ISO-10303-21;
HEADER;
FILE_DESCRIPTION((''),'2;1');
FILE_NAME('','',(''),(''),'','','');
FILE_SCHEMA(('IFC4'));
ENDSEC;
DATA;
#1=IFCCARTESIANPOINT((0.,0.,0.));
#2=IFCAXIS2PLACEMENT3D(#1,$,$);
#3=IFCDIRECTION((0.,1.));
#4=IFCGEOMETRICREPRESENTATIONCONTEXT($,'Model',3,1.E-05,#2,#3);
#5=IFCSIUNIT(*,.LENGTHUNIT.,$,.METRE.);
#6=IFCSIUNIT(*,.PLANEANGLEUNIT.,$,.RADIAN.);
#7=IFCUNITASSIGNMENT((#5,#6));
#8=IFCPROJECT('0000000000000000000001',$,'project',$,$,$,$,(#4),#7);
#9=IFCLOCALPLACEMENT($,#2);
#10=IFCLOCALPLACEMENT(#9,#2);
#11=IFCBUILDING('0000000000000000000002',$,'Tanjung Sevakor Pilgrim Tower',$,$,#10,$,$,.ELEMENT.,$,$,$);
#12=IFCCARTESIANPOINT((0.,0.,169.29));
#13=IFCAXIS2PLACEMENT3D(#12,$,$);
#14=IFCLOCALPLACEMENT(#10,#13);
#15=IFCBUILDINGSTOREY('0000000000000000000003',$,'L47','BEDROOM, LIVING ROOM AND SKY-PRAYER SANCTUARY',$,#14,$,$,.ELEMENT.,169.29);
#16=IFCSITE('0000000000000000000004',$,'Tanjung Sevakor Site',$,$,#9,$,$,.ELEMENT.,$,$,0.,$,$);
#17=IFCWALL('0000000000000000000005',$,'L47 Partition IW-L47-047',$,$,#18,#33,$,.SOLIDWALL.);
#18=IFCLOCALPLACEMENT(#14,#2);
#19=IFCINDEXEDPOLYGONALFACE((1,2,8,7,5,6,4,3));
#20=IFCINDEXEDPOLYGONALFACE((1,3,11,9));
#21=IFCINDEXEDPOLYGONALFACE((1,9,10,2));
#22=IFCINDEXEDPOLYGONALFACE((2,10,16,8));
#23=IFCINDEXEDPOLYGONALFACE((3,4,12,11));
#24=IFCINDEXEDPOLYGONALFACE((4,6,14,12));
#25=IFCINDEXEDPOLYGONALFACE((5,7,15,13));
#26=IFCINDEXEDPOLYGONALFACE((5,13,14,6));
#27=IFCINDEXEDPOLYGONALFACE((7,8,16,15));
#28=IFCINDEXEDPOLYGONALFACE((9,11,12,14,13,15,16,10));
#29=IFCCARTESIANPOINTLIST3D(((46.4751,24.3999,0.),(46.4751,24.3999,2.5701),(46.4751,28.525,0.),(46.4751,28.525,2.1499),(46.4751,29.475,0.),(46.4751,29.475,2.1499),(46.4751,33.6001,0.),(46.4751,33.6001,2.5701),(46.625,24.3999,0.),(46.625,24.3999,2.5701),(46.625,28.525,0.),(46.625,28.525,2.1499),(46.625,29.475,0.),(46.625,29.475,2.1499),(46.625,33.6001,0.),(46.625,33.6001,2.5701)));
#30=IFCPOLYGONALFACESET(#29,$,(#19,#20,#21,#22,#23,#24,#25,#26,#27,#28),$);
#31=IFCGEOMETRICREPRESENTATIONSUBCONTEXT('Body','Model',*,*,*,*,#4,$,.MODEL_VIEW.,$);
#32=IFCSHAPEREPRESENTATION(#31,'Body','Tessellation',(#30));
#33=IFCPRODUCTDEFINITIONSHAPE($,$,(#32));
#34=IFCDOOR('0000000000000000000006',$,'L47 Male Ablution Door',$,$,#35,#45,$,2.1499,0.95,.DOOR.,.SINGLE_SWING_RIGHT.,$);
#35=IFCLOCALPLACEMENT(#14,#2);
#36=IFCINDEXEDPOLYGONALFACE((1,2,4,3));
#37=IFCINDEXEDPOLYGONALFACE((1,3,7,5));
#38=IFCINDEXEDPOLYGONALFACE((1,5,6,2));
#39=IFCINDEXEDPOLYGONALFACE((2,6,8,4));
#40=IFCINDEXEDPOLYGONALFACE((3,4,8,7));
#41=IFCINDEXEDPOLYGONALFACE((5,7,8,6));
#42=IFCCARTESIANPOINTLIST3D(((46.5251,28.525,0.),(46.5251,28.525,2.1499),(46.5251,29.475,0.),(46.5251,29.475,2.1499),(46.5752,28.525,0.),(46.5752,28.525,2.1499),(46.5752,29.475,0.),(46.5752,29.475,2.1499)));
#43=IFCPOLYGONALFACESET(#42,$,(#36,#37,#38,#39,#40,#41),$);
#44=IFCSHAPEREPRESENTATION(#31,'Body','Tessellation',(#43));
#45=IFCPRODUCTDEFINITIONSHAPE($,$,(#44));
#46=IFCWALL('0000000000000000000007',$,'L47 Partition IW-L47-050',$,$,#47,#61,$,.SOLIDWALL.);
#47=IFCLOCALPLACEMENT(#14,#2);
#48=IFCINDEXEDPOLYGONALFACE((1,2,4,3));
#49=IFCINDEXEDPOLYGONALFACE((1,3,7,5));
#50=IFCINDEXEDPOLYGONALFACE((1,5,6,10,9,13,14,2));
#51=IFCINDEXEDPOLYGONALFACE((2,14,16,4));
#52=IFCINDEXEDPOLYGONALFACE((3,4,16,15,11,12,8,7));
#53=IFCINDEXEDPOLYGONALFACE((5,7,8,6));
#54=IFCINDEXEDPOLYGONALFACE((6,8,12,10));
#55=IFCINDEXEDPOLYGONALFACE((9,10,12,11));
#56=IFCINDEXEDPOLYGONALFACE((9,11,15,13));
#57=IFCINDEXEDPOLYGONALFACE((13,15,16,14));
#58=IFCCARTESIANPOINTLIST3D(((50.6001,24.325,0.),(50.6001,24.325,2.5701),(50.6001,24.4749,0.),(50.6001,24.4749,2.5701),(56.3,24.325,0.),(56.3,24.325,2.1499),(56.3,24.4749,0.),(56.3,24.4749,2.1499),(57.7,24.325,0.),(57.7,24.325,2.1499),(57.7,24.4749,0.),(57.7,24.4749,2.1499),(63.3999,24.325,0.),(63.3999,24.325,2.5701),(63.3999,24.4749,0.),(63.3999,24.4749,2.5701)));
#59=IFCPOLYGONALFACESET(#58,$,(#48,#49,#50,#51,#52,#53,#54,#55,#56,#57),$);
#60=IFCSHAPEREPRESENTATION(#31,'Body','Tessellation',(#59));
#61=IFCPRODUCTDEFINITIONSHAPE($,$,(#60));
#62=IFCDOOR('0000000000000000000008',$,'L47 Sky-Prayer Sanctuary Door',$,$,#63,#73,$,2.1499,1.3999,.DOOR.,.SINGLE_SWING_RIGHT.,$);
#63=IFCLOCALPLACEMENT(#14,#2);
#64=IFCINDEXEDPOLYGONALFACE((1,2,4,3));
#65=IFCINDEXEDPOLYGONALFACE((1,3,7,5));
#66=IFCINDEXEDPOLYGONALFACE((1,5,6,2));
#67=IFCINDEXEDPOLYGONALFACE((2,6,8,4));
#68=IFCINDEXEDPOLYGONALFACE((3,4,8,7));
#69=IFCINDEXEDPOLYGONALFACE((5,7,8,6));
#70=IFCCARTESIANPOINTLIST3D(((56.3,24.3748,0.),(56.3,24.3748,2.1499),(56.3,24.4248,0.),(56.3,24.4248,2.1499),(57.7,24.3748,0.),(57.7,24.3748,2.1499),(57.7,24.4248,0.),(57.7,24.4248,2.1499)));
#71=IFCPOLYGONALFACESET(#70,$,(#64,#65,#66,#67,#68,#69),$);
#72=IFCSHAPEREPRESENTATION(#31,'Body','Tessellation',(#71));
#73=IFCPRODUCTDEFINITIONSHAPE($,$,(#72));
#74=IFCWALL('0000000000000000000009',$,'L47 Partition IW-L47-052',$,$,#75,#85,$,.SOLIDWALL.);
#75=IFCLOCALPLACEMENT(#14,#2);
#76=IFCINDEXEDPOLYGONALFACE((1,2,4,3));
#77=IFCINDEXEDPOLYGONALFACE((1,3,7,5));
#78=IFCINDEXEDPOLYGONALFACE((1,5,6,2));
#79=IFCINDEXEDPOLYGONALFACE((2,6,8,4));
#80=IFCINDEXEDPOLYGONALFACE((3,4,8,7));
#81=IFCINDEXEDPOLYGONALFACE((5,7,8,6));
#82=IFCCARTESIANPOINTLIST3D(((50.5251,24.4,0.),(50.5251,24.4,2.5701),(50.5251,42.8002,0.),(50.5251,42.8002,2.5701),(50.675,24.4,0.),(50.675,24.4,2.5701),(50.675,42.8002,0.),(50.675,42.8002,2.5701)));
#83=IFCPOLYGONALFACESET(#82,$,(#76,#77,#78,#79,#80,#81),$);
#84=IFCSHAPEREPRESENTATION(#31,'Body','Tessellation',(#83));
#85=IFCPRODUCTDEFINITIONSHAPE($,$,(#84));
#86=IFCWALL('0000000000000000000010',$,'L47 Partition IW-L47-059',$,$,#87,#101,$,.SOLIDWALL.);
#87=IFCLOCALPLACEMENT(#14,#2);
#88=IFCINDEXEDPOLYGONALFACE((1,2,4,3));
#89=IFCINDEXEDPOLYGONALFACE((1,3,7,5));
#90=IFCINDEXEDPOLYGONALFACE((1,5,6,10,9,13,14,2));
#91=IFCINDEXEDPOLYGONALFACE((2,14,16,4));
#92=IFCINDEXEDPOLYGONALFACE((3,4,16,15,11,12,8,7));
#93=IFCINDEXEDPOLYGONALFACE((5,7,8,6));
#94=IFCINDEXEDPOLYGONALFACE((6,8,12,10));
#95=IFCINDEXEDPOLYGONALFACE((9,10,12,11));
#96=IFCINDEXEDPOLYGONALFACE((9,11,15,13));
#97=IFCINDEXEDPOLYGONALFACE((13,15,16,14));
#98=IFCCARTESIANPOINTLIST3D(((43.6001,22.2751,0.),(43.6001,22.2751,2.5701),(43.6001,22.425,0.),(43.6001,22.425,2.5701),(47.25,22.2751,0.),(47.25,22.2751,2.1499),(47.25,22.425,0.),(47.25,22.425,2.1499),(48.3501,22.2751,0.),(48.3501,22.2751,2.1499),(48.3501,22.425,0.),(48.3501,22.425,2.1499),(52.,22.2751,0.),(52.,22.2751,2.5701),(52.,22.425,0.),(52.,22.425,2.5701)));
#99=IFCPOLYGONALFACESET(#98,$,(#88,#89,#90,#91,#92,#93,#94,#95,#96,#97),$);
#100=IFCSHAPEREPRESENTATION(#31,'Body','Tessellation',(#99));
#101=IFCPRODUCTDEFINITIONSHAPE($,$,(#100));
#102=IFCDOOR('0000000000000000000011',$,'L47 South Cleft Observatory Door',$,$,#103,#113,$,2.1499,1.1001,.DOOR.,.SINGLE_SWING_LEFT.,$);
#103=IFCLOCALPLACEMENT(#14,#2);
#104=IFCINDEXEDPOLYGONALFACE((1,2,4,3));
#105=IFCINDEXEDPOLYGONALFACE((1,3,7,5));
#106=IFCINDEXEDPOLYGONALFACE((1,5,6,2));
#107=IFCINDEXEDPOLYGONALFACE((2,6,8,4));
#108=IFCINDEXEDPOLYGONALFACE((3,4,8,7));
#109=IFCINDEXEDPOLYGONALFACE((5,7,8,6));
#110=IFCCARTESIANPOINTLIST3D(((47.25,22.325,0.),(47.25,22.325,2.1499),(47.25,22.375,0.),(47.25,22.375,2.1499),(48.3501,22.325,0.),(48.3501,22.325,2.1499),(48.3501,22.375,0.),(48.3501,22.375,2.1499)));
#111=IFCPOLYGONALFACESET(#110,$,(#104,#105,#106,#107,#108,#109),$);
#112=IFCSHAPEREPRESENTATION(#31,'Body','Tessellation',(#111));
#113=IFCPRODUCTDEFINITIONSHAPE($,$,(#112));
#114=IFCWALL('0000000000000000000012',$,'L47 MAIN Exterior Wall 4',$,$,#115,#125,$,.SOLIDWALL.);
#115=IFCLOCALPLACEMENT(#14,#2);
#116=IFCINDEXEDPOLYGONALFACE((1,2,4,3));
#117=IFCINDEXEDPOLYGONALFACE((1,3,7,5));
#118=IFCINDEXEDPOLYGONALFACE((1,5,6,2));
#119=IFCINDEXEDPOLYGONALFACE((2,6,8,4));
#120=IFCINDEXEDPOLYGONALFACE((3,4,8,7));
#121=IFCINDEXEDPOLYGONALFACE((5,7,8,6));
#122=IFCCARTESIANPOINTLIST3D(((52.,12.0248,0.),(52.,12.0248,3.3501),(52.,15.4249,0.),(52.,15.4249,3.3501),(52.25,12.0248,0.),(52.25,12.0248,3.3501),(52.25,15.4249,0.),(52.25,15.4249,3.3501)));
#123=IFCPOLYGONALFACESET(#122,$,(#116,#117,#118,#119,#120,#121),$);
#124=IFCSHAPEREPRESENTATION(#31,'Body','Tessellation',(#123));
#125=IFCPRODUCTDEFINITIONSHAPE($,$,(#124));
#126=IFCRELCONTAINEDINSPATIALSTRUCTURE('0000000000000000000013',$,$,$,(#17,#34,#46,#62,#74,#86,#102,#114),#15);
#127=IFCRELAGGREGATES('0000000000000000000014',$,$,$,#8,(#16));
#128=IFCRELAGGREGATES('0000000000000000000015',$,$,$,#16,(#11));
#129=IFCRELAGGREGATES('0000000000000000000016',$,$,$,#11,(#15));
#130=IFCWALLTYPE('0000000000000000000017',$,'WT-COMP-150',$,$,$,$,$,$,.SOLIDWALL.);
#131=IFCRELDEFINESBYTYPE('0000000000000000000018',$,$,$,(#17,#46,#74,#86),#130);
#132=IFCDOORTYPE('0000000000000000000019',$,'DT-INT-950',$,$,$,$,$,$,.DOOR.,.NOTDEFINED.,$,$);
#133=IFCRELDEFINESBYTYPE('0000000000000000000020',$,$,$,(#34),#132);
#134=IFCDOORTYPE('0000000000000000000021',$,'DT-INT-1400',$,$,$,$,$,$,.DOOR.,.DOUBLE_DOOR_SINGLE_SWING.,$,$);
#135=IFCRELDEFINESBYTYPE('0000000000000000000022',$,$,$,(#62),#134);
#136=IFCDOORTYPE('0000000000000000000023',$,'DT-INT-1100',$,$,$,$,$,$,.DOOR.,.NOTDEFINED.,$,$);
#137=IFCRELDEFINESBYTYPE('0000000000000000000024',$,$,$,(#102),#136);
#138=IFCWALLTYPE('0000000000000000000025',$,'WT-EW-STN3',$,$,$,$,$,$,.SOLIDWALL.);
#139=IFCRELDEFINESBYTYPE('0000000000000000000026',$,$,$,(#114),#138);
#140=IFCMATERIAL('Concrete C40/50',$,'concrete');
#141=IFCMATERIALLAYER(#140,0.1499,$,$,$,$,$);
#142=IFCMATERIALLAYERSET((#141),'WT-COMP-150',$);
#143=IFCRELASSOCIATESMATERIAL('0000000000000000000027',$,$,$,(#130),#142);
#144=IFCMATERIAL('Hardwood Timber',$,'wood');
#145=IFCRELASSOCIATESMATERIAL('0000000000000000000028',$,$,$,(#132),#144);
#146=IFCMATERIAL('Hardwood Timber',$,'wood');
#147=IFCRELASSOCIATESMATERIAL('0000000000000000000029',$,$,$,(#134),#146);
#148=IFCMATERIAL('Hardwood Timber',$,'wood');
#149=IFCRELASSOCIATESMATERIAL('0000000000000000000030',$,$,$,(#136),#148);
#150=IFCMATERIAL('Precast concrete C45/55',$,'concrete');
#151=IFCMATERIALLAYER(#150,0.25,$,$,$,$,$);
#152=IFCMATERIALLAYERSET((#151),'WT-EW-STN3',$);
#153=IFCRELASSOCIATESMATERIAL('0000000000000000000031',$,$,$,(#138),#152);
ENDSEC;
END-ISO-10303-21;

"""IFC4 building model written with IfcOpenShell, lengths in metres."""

from ifc_helpers import new_model, si_unit, direction, frame, frame_2d, origin, place, context, subcontext, project, spatial, rectangle, extrude, material, layer, layer_set, type_object, element, fill, save


model = new_model("IFC4")

# Units and contexts
model_context = context("Model", 3, precision=1e-05, world=origin(), true_north=direction((0.0, 1.0)))
body_context = subcontext(model_context, "Body", "Model", "MODEL_VIEW")
ifc_project = project(units=[si_unit("LENGTHUNIT", "METRE"), si_unit("PLANEANGLEUNIT", "RADIAN")], contexts=[model_context])

# Site, building, storey
site_placement = place(None, origin())
site = spatial("IfcSite", under=ifc_project, at=site_placement, Name="Tanjung Sevakor Site", CompositionType="ELEMENT", RefElevation=0.0)
building_placement = place(site_placement, origin())
building = spatial("IfcBuilding", under=site, at=building_placement, Name="Tanjung Sevakor Pilgrim Tower", CompositionType="ELEMENT")
storey_placement = place(building_placement, frame((0.0, 0.0, 169.29)))
storey = spatial("IfcBuildingStorey", under=building, at=storey_placement, Name="L47", Description="BEDROOM, LIVING ROOM AND SKY-PRAYER SANCTUARY", CompositionType="ELEMENT", Elevation=169.29)

# Shared definitions
ifc_material_1 = material(Name="Concrete C40/50", Category="concrete")
ifc_layer_1 = layer(ifc_material_1, 0.1499)
ifc_layer_set_1 = layer_set([ifc_layer_1], Name="WT-COMP-150")
wall_type_1 = type_object("IfcWallType", Name="WT-COMP-150", PredefinedType="SOLIDWALL", material=ifc_layer_set_1)

# Walls, openings, doors
wall_1_placement = place(storey_placement, frame((46.55, 24.3999, 0.0), z_axis=(0.0, 0.0, 1.0), x_axis=(0.0, 1.0, 0.0)))
wall_1 = element("IfcWall", 1, at=wall_1_placement, inside=storey, type_object=wall_type_1, Name="L47 Partition IW-L47-047", PredefinedType="SOLIDWALL", context=body_context, shape_type="SweptSolid", body=[
    extrude(rectangle(XDim=9.2002, YDim=0.1499, at=frame_2d((4.6001, 0.0))), origin(), (0.0, 0.0, 1.0), 2.5701),
])
opening_1_placement = place(wall_1_placement, frame((4.125, 0.0, 0.0)))
opening_1 = element("IfcOpeningElement", 2, at=opening_1_placement, cuts=wall_1, PredefinedType="OPENING", context=body_context, shape_type="SweptSolid", body=[
    extrude(rectangle(XDim=0.95, YDim=2.1499, at=frame_2d((0.4751, 1.075))), frame((0.0, 0.085, 0.0), z_axis=(0.0, -1.0, 0.0), x_axis=(1.0, 0.0, 0.0)), (0.0, 0.0, 1.0), 0.1699),
])
ifc_material_2 = material(Name="Hardwood Timber", Category="wood")
door_type_1 = type_object("IfcDoorType", Name="DT-INT-950", OperationType="NOTDEFINED", PredefinedType="DOOR", material=ifc_material_2)
door_1_placement = place(opening_1_placement, origin())
door_1 = element("IfcDoor", 3, at=door_1_placement, inside=storey, type_object=door_type_1, Name="L47 Male Ablution Door", OperationType="SINGLE_SWING_RIGHT", OverallHeight=2.1499, OverallWidth=0.95, PredefinedType="DOOR", context=body_context, shape_type="SweptSolid", body=[
    extrude(rectangle(XDim=0.95, YDim=2.1499, at=frame_2d((0.4751, 1.075))), frame((0.0, 0.0249, 0.0), z_axis=(0.0, -1.0, 0.0), x_axis=(1.0, 0.0, 0.0)), (0.0, 0.0, 1.0), 0.05),
])
fill(opening_1, door_1)
wall_2_placement = place(storey_placement, frame((50.6001, 24.3999, 0.0), z_axis=(0.0, 0.0, 1.0), x_axis=(1.0, 0.0, 0.0)))
wall_2 = element("IfcWall", 4, at=wall_2_placement, inside=storey, type_object=wall_type_1, Name="L47 Partition IW-L47-050", PredefinedType="SOLIDWALL", context=body_context, shape_type="SweptSolid", body=[
    extrude(rectangle(XDim=12.7998, YDim=0.1499, at=frame_2d((6.3999, 0.0))), origin(), (0.0, 0.0, 1.0), 2.5701),
])
opening_2_placement = place(wall_2_placement, frame((5.7, 0.0, 0.0)))
opening_2 = element("IfcOpeningElement", 5, at=opening_2_placement, cuts=wall_2, PredefinedType="OPENING", context=body_context, shape_type="SweptSolid", body=[
    extrude(rectangle(XDim=1.3999, YDim=2.1499, at=frame_2d((0.7, 1.075))), frame((0.0, 0.085, 0.0), z_axis=(0.0, -1.0, 0.0), x_axis=(1.0, 0.0, 0.0)), (0.0, 0.0, 1.0), 0.1699),
])
ifc_material_3 = material(Name="Hardwood Timber", Category="wood")
door_type_2 = type_object("IfcDoorType", Name="DT-INT-1400", OperationType="DOUBLE_DOOR_SINGLE_SWING", PredefinedType="DOOR", material=ifc_material_3)
door_2_placement = place(opening_2_placement, origin())
door_2 = element("IfcDoor", 6, at=door_2_placement, inside=storey, type_object=door_type_2, Name="L47 Sky-Prayer Sanctuary Door", OperationType="SINGLE_SWING_RIGHT", OverallHeight=2.1499, OverallWidth=1.3999, PredefinedType="DOOR", context=body_context, shape_type="SweptSolid", body=[
    extrude(rectangle(XDim=1.3999, YDim=2.1499, at=frame_2d((0.7, 1.075))), frame((0.0, 0.0249, 0.0), z_axis=(0.0, -1.0, 0.0), x_axis=(1.0, 0.0, 0.0)), (0.0, 0.0, 1.0), 0.05),
])
fill(opening_2, door_2)

# Wall
wall_3_placement = place(storey_placement, frame((50.6001, 24.3999, 0.0), z_axis=(0.0, 0.0, 1.0), x_axis=(0.0, 1.0, 0.0)))
element("IfcWall", 7, at=wall_3_placement, inside=storey, type_object=wall_type_1, Name="L47 Partition IW-L47-052", PredefinedType="SOLIDWALL", context=body_context, shape_type="SweptSolid", body=[
    extrude(rectangle(XDim=18.4001, YDim=0.1499, at=frame_2d((9.2002, 0.0))), origin(), (0.0, 0.0, 1.0), 2.5701),
])

# Wall, opening, door
wall_4_placement = place(storey_placement, frame((43.6001, 22.3501, 0.0), z_axis=(0.0, 0.0, 1.0), x_axis=(1.0, 0.0, 0.0)))
wall_4 = element("IfcWall", 8, at=wall_4_placement, inside=storey, type_object=wall_type_1, Name="L47 Partition IW-L47-059", PredefinedType="SOLIDWALL", context=body_context, shape_type="SweptSolid", body=[
    extrude(rectangle(XDim=8.3999, YDim=0.1499, at=frame_2d((4.2, 0.0))), origin(), (0.0, 0.0, 1.0), 2.5701),
])
opening_3_placement = place(wall_4_placement, frame((3.6499, 0.0, 0.0)))
opening_3 = element("IfcOpeningElement", 9, at=opening_3_placement, cuts=wall_4, PredefinedType="OPENING", context=body_context, shape_type="SweptSolid", body=[
    extrude(rectangle(XDim=1.1001, YDim=2.1499, at=frame_2d((0.55, 1.075))), frame((0.0, 0.085, 0.0), z_axis=(0.0, -1.0, 0.0), x_axis=(1.0, 0.0, 0.0)), (0.0, 0.0, 1.0), 0.1699),
])
ifc_material_4 = material(Name="Hardwood Timber", Category="wood")
door_type_3 = type_object("IfcDoorType", Name="DT-INT-1100", OperationType="NOTDEFINED", PredefinedType="DOOR", material=ifc_material_4)
door_3_placement = place(opening_3_placement, origin())
door_3 = element("IfcDoor", 10, at=door_3_placement, inside=storey, type_object=door_type_3, Name="L47 South Cleft Observatory Door", OperationType="SINGLE_SWING_LEFT", OverallHeight=2.1499, OverallWidth=1.1001, PredefinedType="DOOR", context=body_context, shape_type="SweptSolid", body=[
    extrude(rectangle(XDim=1.1001, YDim=2.1499, at=frame_2d((0.55, 1.075))), frame((0.0, 0.0249, 0.0), z_axis=(0.0, -1.0, 0.0), x_axis=(1.0, 0.0, 0.0)), (0.0, 0.0, 1.0), 0.05),
])
fill(opening_3, door_3)

# Wall
ifc_material_5 = material(Name="Precast concrete C45/55", Category="concrete")
ifc_layer_2 = layer(ifc_material_5, 0.25)
ifc_layer_set_2 = layer_set([ifc_layer_2], Name="WT-EW-STN3")
wall_type_2 = type_object("IfcWallType", Name="WT-EW-STN3", PredefinedType="SOLIDWALL", material=ifc_layer_set_2)
wall_5_placement = place(storey_placement, frame((52.125, 15.425, 0.0), z_axis=(0.0, 0.0, 1.0), x_axis=(0.0, -1.0, 0.0)))
element("IfcWall", 11, at=wall_5_placement, inside=storey, type_object=wall_type_2, Name="L47 MAIN Exterior Wall 4", PredefinedType="SOLIDWALL", context=body_context, shape_type="SweptSolid", body=[
    extrude(rectangle(XDim=3.4001, YDim=0.25, at=frame_2d((1.7002, 0.0))), origin(), (0.0, 0.0, 1.0), 3.3501),
])

save(model, "model.ifc")
